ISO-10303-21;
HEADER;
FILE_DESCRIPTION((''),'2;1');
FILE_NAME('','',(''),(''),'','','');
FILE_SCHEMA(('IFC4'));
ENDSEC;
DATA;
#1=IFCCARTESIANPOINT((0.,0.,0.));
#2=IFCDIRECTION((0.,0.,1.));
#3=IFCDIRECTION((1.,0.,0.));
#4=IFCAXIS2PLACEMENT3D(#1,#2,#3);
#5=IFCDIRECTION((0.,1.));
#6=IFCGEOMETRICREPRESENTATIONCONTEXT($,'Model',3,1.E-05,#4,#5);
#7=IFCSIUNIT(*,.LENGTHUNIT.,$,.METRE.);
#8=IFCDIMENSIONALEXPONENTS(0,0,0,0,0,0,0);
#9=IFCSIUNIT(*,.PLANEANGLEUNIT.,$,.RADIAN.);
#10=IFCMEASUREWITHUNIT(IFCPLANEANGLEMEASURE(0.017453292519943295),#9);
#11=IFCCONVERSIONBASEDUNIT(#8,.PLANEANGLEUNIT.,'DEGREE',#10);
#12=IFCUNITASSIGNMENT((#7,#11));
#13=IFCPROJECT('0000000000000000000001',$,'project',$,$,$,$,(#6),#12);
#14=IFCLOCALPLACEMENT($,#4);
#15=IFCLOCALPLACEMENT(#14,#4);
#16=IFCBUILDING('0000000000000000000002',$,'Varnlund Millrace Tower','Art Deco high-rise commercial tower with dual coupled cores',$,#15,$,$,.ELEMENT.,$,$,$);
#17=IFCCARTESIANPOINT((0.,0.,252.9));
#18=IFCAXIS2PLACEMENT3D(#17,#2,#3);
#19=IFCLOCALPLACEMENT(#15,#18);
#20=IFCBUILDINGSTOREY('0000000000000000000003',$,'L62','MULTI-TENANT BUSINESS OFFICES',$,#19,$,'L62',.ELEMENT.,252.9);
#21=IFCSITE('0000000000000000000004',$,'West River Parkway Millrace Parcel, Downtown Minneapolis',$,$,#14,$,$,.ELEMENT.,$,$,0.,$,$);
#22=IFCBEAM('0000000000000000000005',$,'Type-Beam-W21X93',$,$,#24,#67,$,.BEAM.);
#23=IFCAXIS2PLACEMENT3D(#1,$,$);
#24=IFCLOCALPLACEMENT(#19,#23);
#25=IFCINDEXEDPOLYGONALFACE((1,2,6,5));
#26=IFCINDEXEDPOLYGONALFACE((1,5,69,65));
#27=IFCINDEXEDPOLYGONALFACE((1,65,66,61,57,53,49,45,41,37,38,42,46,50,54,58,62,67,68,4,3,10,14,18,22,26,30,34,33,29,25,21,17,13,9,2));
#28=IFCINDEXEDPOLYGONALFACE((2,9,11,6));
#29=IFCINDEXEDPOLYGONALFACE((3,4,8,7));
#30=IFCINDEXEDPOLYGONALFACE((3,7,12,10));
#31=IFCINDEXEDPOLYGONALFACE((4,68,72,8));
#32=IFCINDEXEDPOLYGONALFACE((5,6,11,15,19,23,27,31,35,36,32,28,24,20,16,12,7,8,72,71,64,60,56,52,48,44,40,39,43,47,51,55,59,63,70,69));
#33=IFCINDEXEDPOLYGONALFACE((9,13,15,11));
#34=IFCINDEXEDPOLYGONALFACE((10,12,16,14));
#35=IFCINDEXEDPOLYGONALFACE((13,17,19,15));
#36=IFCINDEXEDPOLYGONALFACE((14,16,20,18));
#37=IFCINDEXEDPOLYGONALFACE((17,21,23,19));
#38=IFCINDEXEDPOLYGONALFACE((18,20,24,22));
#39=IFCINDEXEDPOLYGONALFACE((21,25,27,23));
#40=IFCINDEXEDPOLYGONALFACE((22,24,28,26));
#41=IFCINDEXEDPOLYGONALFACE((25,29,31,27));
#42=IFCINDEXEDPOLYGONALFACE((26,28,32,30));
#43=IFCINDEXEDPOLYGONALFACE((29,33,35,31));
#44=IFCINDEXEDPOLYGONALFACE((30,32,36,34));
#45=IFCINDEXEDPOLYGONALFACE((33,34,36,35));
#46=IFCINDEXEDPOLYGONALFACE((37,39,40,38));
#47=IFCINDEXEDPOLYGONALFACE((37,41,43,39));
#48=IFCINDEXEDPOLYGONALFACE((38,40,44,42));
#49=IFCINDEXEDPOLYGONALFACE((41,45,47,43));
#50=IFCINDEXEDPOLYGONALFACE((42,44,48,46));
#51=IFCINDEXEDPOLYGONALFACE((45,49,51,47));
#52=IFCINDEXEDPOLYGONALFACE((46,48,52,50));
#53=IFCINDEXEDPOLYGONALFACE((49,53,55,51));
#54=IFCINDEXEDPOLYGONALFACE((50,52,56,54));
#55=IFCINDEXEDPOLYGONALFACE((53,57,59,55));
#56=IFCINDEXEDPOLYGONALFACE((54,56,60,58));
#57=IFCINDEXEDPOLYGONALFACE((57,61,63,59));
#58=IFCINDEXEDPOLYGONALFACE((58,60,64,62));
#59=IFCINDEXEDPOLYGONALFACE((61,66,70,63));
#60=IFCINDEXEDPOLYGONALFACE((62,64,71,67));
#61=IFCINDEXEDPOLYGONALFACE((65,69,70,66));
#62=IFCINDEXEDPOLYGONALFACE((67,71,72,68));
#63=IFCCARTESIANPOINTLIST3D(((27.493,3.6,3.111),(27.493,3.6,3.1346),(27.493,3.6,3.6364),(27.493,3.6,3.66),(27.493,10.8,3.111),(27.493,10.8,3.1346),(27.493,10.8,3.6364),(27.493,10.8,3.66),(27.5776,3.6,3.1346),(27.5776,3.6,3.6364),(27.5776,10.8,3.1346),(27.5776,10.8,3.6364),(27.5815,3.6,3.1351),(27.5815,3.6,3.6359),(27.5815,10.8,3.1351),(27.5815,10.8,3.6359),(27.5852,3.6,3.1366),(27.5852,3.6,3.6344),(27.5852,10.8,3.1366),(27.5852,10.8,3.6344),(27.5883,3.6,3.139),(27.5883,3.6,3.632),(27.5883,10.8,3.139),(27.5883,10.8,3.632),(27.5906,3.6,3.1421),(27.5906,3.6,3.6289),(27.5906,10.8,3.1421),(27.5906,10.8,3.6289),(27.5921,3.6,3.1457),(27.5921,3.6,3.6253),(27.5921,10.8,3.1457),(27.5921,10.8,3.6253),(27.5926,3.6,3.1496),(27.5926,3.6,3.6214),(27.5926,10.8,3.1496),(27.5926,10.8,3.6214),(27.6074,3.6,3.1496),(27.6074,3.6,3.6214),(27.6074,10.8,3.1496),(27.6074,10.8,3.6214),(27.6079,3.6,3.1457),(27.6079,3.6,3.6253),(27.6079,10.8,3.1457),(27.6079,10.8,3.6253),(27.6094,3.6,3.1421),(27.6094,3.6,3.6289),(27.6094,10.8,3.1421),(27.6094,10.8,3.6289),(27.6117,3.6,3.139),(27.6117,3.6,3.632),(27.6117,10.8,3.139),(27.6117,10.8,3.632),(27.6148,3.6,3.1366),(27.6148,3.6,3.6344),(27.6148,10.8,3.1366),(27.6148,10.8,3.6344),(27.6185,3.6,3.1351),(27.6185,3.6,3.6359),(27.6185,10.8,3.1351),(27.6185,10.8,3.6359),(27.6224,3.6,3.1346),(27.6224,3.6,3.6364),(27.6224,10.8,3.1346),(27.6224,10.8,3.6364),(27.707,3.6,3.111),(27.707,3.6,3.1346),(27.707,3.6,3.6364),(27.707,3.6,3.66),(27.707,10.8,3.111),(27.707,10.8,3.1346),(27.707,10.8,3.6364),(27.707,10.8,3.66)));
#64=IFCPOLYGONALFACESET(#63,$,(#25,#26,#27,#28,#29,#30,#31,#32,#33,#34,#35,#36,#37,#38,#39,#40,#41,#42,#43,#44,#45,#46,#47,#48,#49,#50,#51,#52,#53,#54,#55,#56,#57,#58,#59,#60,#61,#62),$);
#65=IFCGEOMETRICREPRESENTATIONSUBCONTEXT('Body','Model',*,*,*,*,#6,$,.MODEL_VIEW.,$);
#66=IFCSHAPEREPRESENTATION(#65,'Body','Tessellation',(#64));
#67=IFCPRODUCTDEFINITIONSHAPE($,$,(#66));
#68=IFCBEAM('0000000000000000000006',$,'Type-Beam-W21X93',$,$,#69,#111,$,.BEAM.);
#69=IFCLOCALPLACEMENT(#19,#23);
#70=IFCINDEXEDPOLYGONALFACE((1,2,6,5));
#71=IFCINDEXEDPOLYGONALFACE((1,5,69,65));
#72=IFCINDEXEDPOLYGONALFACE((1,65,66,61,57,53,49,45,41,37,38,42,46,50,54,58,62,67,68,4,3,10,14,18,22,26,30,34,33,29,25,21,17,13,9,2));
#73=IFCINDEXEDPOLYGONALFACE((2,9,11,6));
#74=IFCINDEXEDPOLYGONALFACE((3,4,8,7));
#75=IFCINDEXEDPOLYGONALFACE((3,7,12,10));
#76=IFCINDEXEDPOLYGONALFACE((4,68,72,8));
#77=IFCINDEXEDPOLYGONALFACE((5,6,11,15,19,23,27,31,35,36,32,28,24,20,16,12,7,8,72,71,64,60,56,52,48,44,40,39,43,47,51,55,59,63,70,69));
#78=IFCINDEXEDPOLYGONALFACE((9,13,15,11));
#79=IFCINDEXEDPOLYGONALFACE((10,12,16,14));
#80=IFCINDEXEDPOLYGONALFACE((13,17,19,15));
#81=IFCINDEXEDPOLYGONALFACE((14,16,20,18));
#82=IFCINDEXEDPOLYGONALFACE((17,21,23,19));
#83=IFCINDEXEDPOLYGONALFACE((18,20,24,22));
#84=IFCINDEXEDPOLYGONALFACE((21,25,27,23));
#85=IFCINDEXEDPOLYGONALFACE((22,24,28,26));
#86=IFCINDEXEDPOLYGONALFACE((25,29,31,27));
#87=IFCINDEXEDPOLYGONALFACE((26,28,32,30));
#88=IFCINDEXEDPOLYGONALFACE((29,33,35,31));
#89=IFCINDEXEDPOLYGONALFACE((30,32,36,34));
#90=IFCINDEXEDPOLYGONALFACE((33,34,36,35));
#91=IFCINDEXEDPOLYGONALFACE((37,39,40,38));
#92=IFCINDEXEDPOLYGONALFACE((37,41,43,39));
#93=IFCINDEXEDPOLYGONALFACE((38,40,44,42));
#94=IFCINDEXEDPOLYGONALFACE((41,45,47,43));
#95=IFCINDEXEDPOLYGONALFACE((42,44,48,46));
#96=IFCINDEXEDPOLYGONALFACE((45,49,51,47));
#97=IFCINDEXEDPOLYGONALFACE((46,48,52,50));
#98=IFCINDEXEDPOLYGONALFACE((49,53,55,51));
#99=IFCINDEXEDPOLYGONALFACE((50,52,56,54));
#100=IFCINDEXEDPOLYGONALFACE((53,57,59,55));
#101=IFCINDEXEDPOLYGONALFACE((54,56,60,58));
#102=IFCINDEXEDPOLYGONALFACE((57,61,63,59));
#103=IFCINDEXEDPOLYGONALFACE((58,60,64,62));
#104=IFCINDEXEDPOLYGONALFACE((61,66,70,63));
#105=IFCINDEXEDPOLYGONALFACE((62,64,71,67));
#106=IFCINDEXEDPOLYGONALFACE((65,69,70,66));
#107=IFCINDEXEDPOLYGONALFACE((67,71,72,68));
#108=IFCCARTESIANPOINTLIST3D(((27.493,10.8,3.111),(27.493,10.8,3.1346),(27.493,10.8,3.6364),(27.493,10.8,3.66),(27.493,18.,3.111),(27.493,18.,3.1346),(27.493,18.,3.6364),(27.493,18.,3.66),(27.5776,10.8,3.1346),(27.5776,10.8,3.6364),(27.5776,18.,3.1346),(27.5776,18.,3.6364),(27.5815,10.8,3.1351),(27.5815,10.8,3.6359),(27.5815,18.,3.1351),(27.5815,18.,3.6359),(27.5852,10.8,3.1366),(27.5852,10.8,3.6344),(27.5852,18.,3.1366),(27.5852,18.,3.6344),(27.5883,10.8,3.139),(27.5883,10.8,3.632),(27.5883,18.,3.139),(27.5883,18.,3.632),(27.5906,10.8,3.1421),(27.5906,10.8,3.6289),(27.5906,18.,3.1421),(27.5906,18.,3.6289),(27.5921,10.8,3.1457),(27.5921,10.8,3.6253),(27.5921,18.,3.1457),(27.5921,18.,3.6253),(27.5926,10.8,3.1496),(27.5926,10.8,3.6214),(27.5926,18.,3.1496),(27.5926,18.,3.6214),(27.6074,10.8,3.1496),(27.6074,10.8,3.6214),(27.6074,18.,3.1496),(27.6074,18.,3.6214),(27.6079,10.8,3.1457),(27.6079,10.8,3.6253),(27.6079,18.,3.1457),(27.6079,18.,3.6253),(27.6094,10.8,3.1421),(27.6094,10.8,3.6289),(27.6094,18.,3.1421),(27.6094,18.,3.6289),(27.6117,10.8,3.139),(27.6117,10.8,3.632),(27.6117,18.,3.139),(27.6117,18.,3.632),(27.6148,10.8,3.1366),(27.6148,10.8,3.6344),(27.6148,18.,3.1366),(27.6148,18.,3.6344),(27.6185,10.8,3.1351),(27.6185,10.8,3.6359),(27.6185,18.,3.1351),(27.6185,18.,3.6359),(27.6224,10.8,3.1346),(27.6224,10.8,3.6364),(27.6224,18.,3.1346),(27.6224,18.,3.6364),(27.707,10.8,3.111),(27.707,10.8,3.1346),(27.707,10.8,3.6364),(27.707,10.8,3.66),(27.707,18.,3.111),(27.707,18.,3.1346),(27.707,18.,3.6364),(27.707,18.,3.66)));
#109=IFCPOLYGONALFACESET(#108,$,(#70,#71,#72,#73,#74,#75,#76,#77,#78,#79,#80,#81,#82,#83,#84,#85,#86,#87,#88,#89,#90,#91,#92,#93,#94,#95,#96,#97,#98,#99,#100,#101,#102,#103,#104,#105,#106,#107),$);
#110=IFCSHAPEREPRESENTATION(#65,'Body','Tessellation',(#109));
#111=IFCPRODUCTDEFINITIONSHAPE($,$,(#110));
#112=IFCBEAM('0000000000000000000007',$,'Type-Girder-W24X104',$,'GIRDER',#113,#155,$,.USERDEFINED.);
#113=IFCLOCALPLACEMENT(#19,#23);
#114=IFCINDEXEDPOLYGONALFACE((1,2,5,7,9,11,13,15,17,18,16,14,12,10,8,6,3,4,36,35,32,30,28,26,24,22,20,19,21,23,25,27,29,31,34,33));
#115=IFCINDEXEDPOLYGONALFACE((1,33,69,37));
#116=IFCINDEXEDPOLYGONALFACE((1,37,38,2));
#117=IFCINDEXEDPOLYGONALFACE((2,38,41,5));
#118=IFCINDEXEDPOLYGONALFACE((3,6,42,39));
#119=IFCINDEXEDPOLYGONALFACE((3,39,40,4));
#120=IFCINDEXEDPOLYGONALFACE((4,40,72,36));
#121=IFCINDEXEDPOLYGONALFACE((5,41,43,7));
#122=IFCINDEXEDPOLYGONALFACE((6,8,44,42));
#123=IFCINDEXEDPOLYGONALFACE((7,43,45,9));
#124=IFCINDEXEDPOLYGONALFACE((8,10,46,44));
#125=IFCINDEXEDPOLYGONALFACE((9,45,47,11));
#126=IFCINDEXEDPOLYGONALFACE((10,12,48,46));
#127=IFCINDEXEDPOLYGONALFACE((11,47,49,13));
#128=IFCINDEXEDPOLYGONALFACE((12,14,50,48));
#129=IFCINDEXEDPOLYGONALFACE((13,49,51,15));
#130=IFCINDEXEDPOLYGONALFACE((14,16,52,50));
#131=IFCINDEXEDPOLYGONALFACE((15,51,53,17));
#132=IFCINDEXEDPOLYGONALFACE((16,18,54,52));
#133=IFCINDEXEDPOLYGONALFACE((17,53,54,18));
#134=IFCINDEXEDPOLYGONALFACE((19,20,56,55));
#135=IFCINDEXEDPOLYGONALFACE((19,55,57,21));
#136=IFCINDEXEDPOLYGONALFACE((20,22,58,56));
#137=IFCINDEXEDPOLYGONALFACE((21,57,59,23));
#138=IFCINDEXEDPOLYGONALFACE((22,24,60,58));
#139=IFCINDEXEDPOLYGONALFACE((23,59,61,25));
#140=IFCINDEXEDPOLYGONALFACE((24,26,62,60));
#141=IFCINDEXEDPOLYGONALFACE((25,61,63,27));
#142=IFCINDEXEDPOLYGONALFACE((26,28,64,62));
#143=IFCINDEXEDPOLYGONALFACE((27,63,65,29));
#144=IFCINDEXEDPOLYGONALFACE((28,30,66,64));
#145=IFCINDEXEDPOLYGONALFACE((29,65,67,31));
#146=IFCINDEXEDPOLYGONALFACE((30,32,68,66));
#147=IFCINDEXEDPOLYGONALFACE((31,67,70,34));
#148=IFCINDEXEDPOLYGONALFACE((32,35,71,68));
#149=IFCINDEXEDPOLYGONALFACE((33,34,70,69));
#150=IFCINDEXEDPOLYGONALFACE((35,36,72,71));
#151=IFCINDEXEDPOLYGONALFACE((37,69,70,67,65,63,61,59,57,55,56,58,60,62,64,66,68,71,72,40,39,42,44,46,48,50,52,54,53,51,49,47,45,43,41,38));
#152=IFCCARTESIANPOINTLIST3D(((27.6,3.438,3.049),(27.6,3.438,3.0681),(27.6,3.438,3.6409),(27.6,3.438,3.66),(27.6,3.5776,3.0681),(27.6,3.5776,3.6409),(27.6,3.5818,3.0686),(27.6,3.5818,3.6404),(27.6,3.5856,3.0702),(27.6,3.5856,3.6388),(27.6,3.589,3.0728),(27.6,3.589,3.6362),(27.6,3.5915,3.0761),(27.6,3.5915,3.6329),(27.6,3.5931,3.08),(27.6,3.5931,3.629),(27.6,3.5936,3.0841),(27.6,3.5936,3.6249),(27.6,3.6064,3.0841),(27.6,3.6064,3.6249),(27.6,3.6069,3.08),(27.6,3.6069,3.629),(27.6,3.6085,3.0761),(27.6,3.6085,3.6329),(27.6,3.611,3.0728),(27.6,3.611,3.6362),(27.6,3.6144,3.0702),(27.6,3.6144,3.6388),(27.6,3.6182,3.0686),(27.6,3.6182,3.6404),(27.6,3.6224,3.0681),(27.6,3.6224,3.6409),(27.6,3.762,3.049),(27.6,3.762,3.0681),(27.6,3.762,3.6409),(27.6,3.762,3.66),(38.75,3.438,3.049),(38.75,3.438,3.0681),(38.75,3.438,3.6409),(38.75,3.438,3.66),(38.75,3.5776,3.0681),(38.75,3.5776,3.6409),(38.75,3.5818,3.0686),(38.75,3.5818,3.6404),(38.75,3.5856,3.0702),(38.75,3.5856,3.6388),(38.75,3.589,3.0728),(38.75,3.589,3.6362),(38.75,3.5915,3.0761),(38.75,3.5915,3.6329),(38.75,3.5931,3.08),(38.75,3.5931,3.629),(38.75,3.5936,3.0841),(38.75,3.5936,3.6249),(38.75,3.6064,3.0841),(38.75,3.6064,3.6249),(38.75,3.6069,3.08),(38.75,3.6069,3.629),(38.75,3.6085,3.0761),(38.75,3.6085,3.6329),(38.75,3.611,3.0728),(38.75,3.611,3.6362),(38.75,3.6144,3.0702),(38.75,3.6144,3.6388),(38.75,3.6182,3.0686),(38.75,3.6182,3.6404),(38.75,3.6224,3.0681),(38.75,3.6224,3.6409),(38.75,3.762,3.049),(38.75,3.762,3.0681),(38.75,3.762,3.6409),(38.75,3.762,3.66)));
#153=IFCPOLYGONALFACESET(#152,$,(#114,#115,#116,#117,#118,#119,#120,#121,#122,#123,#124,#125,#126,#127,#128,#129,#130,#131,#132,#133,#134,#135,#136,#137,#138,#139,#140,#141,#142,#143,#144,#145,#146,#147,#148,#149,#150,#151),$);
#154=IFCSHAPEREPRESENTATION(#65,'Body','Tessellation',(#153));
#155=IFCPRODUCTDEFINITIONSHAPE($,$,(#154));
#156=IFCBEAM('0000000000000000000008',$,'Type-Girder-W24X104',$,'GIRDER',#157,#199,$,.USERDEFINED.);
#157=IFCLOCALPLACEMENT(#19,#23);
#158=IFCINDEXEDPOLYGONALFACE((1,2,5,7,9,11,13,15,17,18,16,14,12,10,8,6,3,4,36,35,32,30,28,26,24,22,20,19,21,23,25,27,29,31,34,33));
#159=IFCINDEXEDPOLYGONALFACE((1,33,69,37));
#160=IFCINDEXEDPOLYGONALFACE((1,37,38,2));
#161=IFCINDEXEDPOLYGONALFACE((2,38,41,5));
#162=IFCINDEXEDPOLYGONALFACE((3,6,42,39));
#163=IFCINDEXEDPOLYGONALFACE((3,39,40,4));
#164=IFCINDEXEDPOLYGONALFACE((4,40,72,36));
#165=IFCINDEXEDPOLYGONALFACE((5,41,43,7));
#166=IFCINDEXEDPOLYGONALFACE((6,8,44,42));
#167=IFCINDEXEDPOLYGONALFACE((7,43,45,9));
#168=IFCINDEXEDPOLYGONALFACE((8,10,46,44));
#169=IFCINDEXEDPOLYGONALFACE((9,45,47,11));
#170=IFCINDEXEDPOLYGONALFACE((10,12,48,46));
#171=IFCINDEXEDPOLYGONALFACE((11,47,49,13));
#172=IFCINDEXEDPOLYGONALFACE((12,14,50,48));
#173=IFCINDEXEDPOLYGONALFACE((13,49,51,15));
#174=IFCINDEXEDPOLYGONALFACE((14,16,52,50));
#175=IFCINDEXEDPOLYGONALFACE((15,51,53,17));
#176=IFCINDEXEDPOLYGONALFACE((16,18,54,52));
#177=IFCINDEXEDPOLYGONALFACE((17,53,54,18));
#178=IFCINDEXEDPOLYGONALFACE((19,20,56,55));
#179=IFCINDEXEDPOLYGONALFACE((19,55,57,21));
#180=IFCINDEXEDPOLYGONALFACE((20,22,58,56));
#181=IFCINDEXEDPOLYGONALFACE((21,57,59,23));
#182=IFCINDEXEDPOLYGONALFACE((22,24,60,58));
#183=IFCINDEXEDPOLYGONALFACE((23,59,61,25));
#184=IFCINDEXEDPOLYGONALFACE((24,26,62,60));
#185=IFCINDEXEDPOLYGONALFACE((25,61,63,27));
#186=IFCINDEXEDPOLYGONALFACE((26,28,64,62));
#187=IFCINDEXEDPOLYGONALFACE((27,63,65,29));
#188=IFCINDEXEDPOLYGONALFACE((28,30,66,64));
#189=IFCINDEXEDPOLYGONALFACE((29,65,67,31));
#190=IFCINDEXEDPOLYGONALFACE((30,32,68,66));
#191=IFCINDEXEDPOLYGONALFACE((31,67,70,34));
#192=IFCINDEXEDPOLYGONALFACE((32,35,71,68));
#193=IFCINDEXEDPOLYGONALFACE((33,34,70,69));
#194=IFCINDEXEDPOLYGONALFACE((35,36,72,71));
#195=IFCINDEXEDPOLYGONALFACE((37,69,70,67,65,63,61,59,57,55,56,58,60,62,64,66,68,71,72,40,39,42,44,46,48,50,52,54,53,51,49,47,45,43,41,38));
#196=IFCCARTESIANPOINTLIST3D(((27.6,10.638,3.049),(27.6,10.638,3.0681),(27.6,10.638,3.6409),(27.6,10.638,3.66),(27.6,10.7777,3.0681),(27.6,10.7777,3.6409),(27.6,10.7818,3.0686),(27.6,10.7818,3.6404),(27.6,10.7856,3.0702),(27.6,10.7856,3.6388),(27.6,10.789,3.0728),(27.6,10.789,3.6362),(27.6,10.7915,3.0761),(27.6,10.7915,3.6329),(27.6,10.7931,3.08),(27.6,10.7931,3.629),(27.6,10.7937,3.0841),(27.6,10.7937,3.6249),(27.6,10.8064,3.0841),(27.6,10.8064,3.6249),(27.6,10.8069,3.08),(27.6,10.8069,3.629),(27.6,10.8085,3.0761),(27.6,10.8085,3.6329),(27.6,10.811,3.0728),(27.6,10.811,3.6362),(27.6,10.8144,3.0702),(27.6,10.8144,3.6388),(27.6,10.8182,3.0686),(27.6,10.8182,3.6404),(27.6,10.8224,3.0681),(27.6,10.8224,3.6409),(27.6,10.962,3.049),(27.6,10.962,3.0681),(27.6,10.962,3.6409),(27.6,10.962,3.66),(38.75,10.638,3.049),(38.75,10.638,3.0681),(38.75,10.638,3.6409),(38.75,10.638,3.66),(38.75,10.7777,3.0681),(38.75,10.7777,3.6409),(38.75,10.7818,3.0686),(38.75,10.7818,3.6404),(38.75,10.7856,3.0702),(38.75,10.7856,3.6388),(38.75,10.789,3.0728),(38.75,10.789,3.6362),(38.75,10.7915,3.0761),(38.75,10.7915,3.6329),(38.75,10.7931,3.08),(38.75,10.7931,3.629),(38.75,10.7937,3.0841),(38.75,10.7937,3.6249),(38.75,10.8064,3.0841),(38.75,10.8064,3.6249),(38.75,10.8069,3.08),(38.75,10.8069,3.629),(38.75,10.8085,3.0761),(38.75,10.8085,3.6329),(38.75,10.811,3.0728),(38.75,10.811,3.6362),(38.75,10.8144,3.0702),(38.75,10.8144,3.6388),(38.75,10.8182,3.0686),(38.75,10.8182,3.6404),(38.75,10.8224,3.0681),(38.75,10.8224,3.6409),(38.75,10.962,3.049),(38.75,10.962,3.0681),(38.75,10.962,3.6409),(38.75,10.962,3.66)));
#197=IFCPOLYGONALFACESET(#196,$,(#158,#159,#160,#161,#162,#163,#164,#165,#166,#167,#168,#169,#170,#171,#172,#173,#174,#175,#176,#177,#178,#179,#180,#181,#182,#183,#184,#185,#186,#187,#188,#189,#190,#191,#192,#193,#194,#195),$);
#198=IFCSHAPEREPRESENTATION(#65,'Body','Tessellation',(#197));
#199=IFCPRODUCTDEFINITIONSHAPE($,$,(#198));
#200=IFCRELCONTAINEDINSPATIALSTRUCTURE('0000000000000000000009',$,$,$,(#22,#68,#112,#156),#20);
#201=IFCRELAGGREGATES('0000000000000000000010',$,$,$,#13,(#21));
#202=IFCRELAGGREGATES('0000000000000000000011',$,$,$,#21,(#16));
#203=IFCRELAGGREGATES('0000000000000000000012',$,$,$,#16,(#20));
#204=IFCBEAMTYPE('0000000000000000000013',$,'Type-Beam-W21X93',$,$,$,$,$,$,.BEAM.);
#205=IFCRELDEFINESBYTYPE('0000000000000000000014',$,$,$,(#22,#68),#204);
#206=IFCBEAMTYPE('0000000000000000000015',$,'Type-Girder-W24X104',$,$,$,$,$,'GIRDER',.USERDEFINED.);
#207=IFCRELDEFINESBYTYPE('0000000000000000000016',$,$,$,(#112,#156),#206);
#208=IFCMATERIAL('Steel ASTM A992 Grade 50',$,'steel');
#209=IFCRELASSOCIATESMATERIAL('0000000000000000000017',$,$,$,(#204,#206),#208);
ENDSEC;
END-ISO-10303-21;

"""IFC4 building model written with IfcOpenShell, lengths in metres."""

from ifc_helpers import new_model, entity, si_unit, converted_unit, direction, frame, origin_with_axes, origin_2d_with_axis, place, context, subcontext, project, spatial, i_section, extrude, material, material_profile, profile_set, type_object, element, save


model = new_model("IFC4")

# Units and contexts
model_context = context("Model", 3, precision=1e-05, world=origin_with_axes(), true_north=direction((0.0, 1.0)))
body_context = subcontext(model_context, "Body", "Model", "MODEL_VIEW")
ifc_project = project(units=[si_unit("LENGTHUNIT", "METRE"), converted_unit("PLANEANGLEUNIT", "DEGREE", entity("IfcPlaneAngleMeasure", 0.017453292519943295), si_unit("PLANEANGLEUNIT", "RADIAN"), dimensions=[0, 0, 0, 0, 0, 0, 0])], contexts=[model_context])

# Site, building, storey
site_placement = place(None, origin_with_axes())
site = spatial("IfcSite", under=ifc_project, at=site_placement, Name="West River Parkway Millrace Parcel, Downtown Minneapolis", CompositionType="ELEMENT", RefElevation=0.0)
building_placement = place(site_placement, origin_with_axes())
building = spatial("IfcBuilding", under=site, at=building_placement, Name="Varnlund Millrace Tower", Description="Art Deco high-rise commercial tower with dual coupled cores", CompositionType="ELEMENT")
storey_placement = place(building_placement, frame((0.0, 0.0, 252.9), z_axis=(0.0, 0.0, 1.0), x_axis=(1.0, 0.0, 0.0)))
storey = spatial("IfcBuildingStorey", under=building, at=storey_placement, Name="L62", Description="MULTI-TENANT BUSINESS OFFICES", LongName="L62", CompositionType="ELEMENT", Elevation=252.9)

# Beams
ifc_material_1 = material(Name="Steel ASTM A992 Grade 50", Category="steel")
ifc_material_profile_1 = material_profile(ifc_material_1, i_section(OverallWidth=0.214, OverallDepth=0.549, WebThickness=0.0147, FlangeThickness=0.0236, FilletRadius=0.015, at=origin_2d_with_axis()), Name="Steel ASTM A992 Grade 50")
ifc_profile_set_1 = profile_set([ifc_material_profile_1], Name="Steel ASTM A992 Grade 50")
beam_type_1 = type_object("IfcBeamType", Name="Type-Beam-W21X93", PredefinedType="BEAM", material=ifc_profile_set_1)
for number, where, z_axis, x_axis, name in (
    (1, (27.6, 3.6, 3.3855), (0.0, 1.0, 0.0), (-1.0, 0.0, 0.0), "Type-Beam-W21X93"),
    (2, (27.6, 10.8, 3.3855), (0.0, 1.0, 0.0), (-1.0, 0.0, 0.0), "Type-Beam-W21X93"),
):
    element("IfcBeam", number, at=place(storey_placement, frame(where, z_axis=z_axis, x_axis=x_axis)), inside=storey, type_object=beam_type_1, Name=name, PredefinedType="BEAM", context=body_context, shape_type="SweptSolid", body=[
        extrude(i_section(OverallWidth=0.214, OverallDepth=0.549, WebThickness=0.0147, FlangeThickness=0.0236, FilletRadius=0.015, at=origin_2d_with_axis()), origin_with_axes(), (0.0, 0.0, 1.0), 7.2),
    ])
ifc_material_profile_2 = material_profile(ifc_material_1, i_section(OverallWidth=0.324, OverallDepth=0.611, WebThickness=0.0127, FlangeThickness=0.0191, FilletRadius=0.016, at=origin_2d_with_axis()), Name="Steel ASTM A992 Grade 50")
ifc_profile_set_2 = profile_set([ifc_material_profile_2], Name="Steel ASTM A992 Grade 50")
beam_type_2 = type_object("IfcBeamType", Name="Type-Girder-W24X104", ElementType="GIRDER", PredefinedType="USERDEFINED", material=ifc_profile_set_2)
for number, where, z_axis, x_axis, name in (
    (3, (27.6, 3.6, 3.3545), (1.0, 0.0, 0.0), (0.0, 1.0, 0.0), "Type-Girder-W24X104"),
    (4, (27.6, 10.8, 3.3545), (1.0, 0.0, 0.0), (0.0, 1.0, 0.0), "Type-Girder-W24X104"),
):
    element("IfcBeam", number, at=place(storey_placement, frame(where, z_axis=z_axis, x_axis=x_axis)), inside=storey, type_object=beam_type_2, Name=name, ObjectType="GIRDER", PredefinedType="USERDEFINED", context=body_context, shape_type="SweptSolid", body=[
        extrude(i_section(OverallWidth=0.324, OverallDepth=0.611, WebThickness=0.0127, FlangeThickness=0.0191, FilletRadius=0.016, at=origin_2d_with_axis()), origin_with_axes(), (0.0, 0.0, 1.0), 11.15),
    ])

save(model, "model.ifc")
